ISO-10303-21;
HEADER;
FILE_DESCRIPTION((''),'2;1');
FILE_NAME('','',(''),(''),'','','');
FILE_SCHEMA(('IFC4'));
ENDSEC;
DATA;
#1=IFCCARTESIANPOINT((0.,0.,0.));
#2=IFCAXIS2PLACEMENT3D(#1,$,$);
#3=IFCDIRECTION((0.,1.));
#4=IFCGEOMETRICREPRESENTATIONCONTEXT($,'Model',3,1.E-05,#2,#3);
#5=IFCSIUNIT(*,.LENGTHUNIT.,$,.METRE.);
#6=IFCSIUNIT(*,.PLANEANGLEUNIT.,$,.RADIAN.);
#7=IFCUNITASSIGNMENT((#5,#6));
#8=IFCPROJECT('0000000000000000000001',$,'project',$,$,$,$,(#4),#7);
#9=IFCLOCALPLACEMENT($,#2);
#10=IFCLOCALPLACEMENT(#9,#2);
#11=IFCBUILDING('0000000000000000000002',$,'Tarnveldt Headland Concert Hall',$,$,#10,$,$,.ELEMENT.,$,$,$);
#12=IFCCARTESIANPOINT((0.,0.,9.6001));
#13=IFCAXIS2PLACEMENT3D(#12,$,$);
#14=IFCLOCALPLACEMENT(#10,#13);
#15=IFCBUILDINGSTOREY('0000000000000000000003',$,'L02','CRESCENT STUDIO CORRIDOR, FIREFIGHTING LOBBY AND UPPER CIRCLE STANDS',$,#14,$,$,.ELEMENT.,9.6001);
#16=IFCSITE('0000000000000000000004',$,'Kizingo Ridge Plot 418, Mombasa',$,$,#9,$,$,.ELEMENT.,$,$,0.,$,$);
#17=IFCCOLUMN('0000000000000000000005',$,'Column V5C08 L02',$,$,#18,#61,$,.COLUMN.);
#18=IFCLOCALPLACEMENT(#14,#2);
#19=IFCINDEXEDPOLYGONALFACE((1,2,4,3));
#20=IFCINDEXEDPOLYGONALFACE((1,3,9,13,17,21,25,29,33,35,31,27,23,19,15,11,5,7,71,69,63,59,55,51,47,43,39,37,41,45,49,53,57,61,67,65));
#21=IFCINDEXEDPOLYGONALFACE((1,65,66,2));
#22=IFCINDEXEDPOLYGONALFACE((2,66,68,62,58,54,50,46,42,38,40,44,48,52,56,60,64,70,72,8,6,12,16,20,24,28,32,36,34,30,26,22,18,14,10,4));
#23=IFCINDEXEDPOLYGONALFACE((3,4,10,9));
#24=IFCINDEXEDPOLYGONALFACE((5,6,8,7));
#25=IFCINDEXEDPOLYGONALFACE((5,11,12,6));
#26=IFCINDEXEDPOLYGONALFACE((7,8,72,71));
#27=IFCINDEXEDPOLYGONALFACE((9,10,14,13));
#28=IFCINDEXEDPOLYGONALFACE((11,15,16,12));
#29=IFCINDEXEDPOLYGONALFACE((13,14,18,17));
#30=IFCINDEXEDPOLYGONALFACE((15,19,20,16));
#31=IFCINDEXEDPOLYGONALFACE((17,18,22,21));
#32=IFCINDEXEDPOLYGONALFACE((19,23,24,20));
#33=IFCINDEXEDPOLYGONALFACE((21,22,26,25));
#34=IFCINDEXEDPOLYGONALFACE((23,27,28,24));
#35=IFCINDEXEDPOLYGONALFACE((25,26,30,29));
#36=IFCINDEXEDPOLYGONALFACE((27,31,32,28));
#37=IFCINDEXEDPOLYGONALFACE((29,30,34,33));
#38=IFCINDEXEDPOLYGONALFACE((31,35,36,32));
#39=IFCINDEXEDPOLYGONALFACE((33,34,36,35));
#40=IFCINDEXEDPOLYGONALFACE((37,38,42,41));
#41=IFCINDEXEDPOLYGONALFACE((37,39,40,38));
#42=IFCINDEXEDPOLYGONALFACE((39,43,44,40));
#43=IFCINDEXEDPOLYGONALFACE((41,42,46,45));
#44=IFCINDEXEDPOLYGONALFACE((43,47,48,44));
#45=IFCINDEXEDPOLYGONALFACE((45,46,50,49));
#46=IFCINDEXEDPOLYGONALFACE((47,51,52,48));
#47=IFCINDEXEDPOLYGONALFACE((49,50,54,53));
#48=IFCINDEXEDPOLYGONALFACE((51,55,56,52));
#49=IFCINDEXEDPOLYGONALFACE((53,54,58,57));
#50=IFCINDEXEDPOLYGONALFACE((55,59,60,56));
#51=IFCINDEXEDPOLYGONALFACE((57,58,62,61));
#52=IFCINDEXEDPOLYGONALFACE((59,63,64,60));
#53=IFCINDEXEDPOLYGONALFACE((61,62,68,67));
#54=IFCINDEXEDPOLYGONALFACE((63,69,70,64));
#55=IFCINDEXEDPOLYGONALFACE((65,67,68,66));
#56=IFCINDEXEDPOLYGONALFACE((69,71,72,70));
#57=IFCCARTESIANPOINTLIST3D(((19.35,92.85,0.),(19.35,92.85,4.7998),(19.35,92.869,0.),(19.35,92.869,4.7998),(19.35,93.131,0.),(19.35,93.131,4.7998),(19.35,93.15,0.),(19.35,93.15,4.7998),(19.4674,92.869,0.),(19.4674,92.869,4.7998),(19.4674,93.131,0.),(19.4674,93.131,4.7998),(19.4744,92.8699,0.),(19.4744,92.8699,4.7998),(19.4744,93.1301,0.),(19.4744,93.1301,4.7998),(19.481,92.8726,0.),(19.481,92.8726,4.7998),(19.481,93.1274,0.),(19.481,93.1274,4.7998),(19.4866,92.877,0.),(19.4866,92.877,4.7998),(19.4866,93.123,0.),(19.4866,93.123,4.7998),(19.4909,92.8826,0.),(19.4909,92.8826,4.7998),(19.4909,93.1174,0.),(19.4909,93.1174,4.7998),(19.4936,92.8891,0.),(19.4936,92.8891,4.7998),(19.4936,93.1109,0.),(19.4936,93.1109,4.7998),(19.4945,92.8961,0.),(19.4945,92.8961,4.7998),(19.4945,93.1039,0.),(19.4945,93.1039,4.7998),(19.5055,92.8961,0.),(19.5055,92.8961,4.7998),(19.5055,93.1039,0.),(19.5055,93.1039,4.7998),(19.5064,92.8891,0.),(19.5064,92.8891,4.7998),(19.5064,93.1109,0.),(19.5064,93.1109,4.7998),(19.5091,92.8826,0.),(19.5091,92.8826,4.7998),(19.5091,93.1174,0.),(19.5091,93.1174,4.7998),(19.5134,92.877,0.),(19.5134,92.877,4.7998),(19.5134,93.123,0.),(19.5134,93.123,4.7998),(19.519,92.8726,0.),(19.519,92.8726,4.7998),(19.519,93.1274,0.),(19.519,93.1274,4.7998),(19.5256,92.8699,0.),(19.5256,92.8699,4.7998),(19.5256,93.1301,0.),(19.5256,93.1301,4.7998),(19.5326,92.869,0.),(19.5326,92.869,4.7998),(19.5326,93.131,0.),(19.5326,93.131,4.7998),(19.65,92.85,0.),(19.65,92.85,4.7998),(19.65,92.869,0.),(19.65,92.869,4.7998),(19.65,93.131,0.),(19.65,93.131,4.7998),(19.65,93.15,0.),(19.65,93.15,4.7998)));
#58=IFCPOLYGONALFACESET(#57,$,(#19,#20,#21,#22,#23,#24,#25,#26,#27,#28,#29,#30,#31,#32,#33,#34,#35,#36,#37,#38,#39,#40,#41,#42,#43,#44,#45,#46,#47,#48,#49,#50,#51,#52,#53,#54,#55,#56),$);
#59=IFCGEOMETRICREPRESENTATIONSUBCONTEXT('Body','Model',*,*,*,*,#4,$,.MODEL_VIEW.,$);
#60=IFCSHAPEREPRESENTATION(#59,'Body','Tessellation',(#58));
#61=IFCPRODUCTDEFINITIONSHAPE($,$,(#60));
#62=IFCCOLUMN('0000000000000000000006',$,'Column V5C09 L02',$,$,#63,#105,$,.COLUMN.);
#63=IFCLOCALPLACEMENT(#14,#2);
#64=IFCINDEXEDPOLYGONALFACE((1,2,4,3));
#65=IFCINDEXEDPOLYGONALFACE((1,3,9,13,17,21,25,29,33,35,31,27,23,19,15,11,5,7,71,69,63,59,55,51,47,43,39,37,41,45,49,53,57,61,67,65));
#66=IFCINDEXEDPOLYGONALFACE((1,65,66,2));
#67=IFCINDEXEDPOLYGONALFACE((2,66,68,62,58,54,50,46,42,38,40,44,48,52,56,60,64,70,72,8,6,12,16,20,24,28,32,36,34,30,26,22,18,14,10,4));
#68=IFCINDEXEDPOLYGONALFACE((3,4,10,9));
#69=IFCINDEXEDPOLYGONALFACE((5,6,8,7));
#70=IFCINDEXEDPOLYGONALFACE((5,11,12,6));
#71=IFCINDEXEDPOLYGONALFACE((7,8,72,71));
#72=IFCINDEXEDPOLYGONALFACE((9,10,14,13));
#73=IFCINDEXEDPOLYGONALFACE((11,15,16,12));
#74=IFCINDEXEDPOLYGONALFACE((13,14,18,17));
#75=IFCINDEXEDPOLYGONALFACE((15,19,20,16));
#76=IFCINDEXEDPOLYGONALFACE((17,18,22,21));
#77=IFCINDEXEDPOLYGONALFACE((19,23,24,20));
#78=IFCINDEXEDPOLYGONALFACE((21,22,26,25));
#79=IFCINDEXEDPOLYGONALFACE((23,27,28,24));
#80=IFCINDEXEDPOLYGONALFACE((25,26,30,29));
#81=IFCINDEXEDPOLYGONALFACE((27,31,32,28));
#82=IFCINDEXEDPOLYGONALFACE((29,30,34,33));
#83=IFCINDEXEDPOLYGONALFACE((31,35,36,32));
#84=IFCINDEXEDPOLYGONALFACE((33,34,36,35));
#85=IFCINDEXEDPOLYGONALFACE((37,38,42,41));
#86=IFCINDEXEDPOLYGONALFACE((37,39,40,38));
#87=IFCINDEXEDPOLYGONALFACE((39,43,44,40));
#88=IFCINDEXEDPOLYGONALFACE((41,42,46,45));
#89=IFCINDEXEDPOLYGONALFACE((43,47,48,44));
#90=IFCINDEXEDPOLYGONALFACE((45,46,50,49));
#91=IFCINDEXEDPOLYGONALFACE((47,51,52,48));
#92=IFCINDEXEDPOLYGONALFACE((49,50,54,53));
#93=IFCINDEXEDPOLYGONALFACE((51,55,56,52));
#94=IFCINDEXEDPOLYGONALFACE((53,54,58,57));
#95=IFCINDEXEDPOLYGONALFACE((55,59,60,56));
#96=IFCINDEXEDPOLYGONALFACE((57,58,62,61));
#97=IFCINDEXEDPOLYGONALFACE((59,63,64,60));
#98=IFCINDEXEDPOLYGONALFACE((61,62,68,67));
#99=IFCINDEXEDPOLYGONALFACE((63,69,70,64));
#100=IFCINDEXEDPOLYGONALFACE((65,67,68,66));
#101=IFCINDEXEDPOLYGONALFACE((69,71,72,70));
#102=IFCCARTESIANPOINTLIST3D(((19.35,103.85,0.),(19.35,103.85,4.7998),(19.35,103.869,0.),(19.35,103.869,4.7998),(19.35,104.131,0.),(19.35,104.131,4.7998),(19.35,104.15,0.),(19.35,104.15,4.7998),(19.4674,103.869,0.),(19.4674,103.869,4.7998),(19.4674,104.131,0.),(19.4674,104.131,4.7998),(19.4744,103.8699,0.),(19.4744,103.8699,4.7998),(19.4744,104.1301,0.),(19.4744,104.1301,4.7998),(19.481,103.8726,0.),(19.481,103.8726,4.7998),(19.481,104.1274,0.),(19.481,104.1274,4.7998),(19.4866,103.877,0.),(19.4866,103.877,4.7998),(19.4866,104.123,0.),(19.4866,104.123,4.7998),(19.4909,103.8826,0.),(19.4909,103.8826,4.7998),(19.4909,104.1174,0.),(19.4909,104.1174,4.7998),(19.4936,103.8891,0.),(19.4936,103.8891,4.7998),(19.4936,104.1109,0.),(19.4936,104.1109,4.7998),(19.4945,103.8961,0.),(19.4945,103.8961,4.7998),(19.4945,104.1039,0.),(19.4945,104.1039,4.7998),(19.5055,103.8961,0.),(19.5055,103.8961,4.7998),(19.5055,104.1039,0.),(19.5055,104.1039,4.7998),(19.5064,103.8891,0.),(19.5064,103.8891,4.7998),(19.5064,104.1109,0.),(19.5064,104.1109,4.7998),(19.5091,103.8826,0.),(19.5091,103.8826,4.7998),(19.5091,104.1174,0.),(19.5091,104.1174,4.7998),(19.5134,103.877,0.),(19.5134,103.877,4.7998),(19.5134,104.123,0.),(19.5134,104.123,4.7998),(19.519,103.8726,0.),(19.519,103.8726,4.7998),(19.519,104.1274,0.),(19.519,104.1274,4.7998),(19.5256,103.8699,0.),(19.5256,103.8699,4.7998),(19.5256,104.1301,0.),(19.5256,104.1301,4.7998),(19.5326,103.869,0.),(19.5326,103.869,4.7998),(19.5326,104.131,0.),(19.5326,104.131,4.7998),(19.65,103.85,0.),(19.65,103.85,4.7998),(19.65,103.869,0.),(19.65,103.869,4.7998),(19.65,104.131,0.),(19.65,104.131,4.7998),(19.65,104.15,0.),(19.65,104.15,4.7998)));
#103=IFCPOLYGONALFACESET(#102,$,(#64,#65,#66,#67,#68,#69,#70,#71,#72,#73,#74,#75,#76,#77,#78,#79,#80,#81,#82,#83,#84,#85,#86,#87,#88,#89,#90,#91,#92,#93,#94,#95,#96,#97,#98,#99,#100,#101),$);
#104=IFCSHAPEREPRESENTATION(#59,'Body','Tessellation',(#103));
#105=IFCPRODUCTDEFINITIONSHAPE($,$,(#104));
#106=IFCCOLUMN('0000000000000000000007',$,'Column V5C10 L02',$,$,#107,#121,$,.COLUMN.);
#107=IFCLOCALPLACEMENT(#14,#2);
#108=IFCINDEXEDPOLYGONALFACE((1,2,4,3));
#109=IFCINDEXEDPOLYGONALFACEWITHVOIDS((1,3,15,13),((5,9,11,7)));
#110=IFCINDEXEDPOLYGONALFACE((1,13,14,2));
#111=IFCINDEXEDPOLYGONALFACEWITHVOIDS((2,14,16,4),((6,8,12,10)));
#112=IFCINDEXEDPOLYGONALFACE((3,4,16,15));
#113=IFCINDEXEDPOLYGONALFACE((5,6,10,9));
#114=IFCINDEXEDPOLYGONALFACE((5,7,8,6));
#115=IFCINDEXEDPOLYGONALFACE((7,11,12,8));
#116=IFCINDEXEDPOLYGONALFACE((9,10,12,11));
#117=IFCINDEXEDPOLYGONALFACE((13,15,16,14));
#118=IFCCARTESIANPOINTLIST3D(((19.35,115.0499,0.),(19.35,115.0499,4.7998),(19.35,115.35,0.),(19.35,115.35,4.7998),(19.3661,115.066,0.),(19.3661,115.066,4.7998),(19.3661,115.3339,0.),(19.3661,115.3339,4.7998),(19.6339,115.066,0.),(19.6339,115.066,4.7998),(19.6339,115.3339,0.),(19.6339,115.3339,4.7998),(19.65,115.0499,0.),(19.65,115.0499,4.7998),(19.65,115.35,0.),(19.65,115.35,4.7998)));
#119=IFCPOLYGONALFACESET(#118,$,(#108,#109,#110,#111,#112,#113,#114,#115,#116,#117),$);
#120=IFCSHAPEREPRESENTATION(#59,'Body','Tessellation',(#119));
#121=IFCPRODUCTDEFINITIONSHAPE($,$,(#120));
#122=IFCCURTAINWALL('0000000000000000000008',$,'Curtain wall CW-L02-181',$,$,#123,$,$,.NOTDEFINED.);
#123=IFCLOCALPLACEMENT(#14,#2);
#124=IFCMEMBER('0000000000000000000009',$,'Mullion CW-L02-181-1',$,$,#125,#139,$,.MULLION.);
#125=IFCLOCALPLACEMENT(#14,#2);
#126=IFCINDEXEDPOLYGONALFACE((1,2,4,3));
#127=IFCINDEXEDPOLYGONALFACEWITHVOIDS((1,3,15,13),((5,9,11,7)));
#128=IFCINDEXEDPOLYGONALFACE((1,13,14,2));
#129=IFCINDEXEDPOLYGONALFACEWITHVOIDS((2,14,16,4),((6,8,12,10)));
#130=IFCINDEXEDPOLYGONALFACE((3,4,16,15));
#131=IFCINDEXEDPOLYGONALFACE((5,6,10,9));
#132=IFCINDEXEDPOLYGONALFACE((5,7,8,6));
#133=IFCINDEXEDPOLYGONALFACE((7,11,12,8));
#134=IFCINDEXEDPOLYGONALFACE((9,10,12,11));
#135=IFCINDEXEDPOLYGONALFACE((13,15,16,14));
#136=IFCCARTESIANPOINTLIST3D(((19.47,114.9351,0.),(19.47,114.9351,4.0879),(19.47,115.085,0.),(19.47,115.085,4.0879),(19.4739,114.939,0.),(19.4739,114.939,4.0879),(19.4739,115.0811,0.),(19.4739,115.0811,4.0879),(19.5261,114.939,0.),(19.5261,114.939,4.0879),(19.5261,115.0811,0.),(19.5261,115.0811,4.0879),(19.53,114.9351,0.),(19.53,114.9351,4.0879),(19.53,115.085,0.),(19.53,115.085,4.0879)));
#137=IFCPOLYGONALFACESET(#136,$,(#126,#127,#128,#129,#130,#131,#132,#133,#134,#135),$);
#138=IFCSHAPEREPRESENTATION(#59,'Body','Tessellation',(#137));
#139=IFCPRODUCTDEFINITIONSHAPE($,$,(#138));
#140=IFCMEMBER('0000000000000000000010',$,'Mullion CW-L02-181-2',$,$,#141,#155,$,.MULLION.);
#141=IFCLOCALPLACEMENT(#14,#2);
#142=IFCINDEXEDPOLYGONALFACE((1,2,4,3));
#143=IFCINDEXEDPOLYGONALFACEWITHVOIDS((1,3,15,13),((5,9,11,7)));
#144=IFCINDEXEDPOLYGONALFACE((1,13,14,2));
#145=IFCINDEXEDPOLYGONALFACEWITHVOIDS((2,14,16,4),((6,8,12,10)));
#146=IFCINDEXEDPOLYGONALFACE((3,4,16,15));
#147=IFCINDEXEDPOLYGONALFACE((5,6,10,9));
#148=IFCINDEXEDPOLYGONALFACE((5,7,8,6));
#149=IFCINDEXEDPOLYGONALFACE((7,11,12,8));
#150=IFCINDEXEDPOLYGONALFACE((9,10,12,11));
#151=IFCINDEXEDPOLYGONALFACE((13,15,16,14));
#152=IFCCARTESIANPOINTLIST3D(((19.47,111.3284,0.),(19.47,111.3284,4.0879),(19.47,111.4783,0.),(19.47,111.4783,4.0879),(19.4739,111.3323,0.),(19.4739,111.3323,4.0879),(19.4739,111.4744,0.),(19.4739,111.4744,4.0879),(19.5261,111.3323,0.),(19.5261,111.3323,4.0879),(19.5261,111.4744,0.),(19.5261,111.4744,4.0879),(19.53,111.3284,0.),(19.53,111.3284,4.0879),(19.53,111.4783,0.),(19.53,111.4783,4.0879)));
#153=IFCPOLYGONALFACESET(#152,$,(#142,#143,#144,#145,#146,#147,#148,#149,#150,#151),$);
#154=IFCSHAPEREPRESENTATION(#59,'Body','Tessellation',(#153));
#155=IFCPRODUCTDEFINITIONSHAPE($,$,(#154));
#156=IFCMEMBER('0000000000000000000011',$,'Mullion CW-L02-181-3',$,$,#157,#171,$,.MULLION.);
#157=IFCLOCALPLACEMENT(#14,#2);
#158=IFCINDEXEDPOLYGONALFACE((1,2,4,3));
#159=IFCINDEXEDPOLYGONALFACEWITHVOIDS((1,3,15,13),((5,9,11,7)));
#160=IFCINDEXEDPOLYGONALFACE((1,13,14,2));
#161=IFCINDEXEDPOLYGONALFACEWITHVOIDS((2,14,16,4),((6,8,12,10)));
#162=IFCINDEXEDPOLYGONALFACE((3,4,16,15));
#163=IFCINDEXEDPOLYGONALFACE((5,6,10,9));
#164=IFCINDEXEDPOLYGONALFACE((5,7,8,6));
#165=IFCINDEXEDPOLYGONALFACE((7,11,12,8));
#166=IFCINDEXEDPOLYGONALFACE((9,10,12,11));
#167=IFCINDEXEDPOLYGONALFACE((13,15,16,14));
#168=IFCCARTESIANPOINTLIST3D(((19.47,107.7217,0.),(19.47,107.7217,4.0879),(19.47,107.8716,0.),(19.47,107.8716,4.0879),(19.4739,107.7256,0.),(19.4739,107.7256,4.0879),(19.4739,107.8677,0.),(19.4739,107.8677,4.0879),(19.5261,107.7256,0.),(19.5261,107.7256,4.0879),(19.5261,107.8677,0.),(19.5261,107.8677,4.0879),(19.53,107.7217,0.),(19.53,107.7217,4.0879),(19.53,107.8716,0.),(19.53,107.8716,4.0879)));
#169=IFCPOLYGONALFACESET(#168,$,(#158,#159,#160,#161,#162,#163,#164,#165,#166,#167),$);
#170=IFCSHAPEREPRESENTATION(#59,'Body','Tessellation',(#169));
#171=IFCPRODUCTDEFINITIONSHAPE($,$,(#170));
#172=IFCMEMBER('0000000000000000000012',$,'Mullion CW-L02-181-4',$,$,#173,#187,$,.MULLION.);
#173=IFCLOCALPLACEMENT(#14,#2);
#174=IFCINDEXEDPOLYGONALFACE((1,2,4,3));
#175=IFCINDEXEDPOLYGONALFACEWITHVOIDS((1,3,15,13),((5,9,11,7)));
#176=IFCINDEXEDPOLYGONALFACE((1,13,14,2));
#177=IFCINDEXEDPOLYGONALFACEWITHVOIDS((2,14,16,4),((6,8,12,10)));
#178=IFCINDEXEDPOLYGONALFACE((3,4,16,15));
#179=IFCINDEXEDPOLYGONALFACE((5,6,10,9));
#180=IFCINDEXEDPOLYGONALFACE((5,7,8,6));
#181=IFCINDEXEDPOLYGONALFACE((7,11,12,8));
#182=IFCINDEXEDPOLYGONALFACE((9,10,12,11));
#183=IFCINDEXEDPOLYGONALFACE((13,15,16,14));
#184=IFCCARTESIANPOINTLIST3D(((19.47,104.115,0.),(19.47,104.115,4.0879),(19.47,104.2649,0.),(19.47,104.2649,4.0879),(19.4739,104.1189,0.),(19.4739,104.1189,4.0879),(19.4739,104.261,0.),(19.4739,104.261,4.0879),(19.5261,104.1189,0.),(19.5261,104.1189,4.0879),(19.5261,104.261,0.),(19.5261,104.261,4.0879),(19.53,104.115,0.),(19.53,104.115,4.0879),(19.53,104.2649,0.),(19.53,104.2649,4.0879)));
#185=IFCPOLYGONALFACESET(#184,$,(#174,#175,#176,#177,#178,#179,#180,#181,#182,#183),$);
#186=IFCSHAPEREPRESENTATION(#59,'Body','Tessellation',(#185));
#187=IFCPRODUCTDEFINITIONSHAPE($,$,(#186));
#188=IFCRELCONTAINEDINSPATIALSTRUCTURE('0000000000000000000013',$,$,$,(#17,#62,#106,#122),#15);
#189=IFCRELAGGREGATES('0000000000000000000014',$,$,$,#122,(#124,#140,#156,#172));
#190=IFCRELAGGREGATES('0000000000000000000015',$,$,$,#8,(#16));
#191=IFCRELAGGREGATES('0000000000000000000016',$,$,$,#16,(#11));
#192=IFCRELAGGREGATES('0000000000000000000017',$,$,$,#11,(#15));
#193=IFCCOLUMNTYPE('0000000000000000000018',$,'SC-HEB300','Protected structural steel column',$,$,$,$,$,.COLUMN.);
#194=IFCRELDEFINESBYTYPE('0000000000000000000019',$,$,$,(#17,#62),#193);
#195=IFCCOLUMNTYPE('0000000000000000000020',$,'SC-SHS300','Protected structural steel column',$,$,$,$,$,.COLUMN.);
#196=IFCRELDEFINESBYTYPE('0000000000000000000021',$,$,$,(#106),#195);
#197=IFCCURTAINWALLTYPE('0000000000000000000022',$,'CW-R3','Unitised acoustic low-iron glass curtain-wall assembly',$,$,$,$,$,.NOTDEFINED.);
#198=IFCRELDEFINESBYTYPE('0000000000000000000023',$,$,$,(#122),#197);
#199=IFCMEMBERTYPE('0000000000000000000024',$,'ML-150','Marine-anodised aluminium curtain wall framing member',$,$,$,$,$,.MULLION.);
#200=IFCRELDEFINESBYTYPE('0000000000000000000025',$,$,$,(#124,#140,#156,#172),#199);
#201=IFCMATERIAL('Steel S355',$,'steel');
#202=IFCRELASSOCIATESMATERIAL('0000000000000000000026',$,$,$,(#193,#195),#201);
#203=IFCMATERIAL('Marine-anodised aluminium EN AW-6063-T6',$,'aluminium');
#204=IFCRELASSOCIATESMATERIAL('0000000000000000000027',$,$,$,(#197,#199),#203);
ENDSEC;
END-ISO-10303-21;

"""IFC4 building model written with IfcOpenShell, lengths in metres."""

from ifc_helpers import new_model, si_unit, direction, frame, origin, origin_2d, place, context, subcontext, project, spatial, hollow_rectangle, i_section, extrude, material, material_profile, profile_set, type_object, element, aggregate, save


model = new_model("IFC4")

# Units and contexts
model_context = context("Model", 3, precision=1e-05, world=origin(), true_north=direction((0.0, 1.0)))
body_context = subcontext(model_context, "Body", "Model", "MODEL_VIEW")
ifc_project = project(units=[si_unit("LENGTHUNIT", "METRE"), si_unit("PLANEANGLEUNIT", "RADIAN")], contexts=[model_context])

# Site, building, storey
site_placement = place(None, origin())
site = spatial("IfcSite", under=ifc_project, at=site_placement, Name="Kizingo Ridge Plot 418, Mombasa", CompositionType="ELEMENT", RefElevation=0.0)
building_placement = place(site_placement, origin())
building = spatial("IfcBuilding", under=site, at=building_placement, Name="Tarnveldt Headland Concert Hall", CompositionType="ELEMENT")
storey_placement = place(building_placement, frame((0.0, 0.0, 9.6001)))
storey = spatial("IfcBuildingStorey", under=building, at=storey_placement, Name="L02", Description="CRESCENT STUDIO CORRIDOR, FIREFIGHTING LOBBY AND UPPER CIRCLE STANDS", CompositionType="ELEMENT", Elevation=9.6001)

# Columns
ifc_material_1 = material(Name="Steel S355", Category="steel")
ifc_material_profile_1 = material_profile(ifc_material_1, i_section(OverallWidth=0.3, OverallDepth=0.3, WebThickness=0.011, FlangeThickness=0.019, FilletRadius=0.0271, at=origin_2d()), Name="HEB300", Category="steel")
ifc_profile_set_1 = profile_set([ifc_material_profile_1], Name="Steel S355")
column_type_1 = type_object("IfcColumnType", Name="SC-HEB300", Description="Protected structural steel column", PredefinedType="COLUMN", material=ifc_profile_set_1)
for number, where, z_axis, x_axis, name in (
    (1, (19.5, 93.0, 0.0), (0.0, 0.0, 1.0), (1.0, 0.0, 0.0), "Column V5C08 L02"),
    (2, (19.5, 104.0, 0.0), (0.0, 0.0, 1.0), (1.0, 0.0, 0.0), "Column V5C09 L02"),
):
    element("IfcColumn", number, at=place(storey_placement, frame(where, z_axis=z_axis, x_axis=x_axis)), inside=storey, type_object=column_type_1, Name=name, PredefinedType="COLUMN", context=body_context, shape_type="SweptSolid", body=[
        extrude(i_section(OverallWidth=0.3, OverallDepth=0.3, WebThickness=0.011, FlangeThickness=0.019, FilletRadius=0.0271, at=origin_2d()), origin(), (0.0, 0.0, 1.0), 4.7998),
    ])
ifc_material_profile_2 = material_profile(ifc_material_1, hollow_rectangle(XDim=0.3, YDim=0.3, WallThickness=0.0161, at=origin_2d()), Name="SHS 300x300x16", Category="steel")
ifc_profile_set_2 = profile_set([ifc_material_profile_2], Name="Steel S355")
column_type_2 = type_object("IfcColumnType", Name="SC-SHS300", Description="Protected structural steel column", PredefinedType="COLUMN", material=ifc_profile_set_2)
column_placement = place(storey_placement, frame((19.5, 115.2, 0.0), z_axis=(0.0, 0.0, 1.0), x_axis=(1.0, 0.0, 0.0)))
element("IfcColumn", 3, at=column_placement, inside=storey, type_object=column_type_2, Name="Column V5C10 L02", PredefinedType="COLUMN", context=body_context, shape_type="SweptSolid", body=[
    extrude(hollow_rectangle(XDim=0.3, YDim=0.3, WallThickness=0.0161, at=origin_2d()), origin(), (0.0, 0.0, 1.0), 4.7998),
])

# Curtain wall, members
ifc_material_2 = material(Name="Marine-anodised aluminium EN AW-6063-T6", Category="aluminium")
curtain_wall_type = type_object("IfcCurtainWallType", Name="CW-R3", Description="Unitised acoustic low-iron glass curtain-wall assembly", PredefinedType="NOTDEFINED", material=ifc_material_2)
curtain_wall_1_placement = place(storey_placement, origin())
curtain_wall_1 = element("IfcCurtainWall", 4, at=curtain_wall_1_placement, inside=storey, type_object=curtain_wall_type, Name="Curtain wall CW-L02-181", PredefinedType="NOTDEFINED")
ifc_material_profile_3 = material_profile(ifc_material_2, hollow_rectangle(XDim=0.0601, YDim=0.1499, WallThickness=0.0039, at=origin_2d()), Name="ALU MULLION 60x150x4", Category="aluminium")
ifc_profile_set_3 = profile_set([ifc_material_profile_3], Name="Marine-anodised aluminium EN AW-6063-T6")
member_type_1 = type_object("IfcMemberType", Name="ML-150", Description="Marine-anodised aluminium curtain wall framing member", PredefinedType="MULLION", material=ifc_profile_set_3)
member_1_placement = place(storey_placement, frame((19.5, 115.01, 0.0), z_axis=(0.0, 0.0, 1.0), x_axis=(1.0, 0.0, 0.0)))
member_1 = element("IfcMember", 5, at=member_1_placement, type_object=member_type_1, Name="Mullion CW-L02-181-1", PredefinedType="MULLION", context=body_context, shape_type="SweptSolid", body=[
    extrude(hollow_rectangle(XDim=0.0601, YDim=0.1499, WallThickness=0.0039, at=origin_2d()), origin(), (0.0, 0.0, 1.0), 4.0879),
])
member_2_placement = place(storey_placement, frame((19.5, 111.4033, 0.0), z_axis=(0.0, 0.0, 1.0), x_axis=(1.0, 0.0, 0.0)))
member_2 = element("IfcMember", 6, at=member_2_placement, type_object=member_type_1, Name="Mullion CW-L02-181-2", PredefinedType="MULLION", context=body_context, shape_type="SweptSolid", body=[
    extrude(hollow_rectangle(XDim=0.0601, YDim=0.1499, WallThickness=0.0039, at=origin_2d()), origin(), (0.0, 0.0, 1.0), 4.0879),
])
member_3_placement = place(storey_placement, frame((19.5, 107.7966, 0.0), z_axis=(0.0, 0.0, 1.0), x_axis=(1.0, 0.0, 0.0)))
member_3 = element("IfcMember", 7, at=member_3_placement, type_object=member_type_1, Name="Mullion CW-L02-181-3", PredefinedType="MULLION", context=body_context, shape_type="SweptSolid", body=[
    extrude(hollow_rectangle(XDim=0.0601, YDim=0.1499, WallThickness=0.0039, at=origin_2d()), origin(), (0.0, 0.0, 1.0), 4.0879),
])
member_4_placement = place(storey_placement, frame((19.5, 104.1899, 0.0), z_axis=(0.0, 0.0, 1.0), x_axis=(1.0, 0.0, 0.0)))
member_4 = element("IfcMember", 8, at=member_4_placement, type_object=member_type_1, Name="Mullion CW-L02-181-4", PredefinedType="MULLION", context=body_context, shape_type="SweptSolid", body=[
    extrude(hollow_rectangle(XDim=0.0601, YDim=0.1499, WallThickness=0.0039, at=origin_2d()), origin(), (0.0, 0.0, 1.0), 4.0879),
])

aggregate(curtain_wall_1, [member_1, member_2, member_3, member_4])

save(model, "model.ifc")
